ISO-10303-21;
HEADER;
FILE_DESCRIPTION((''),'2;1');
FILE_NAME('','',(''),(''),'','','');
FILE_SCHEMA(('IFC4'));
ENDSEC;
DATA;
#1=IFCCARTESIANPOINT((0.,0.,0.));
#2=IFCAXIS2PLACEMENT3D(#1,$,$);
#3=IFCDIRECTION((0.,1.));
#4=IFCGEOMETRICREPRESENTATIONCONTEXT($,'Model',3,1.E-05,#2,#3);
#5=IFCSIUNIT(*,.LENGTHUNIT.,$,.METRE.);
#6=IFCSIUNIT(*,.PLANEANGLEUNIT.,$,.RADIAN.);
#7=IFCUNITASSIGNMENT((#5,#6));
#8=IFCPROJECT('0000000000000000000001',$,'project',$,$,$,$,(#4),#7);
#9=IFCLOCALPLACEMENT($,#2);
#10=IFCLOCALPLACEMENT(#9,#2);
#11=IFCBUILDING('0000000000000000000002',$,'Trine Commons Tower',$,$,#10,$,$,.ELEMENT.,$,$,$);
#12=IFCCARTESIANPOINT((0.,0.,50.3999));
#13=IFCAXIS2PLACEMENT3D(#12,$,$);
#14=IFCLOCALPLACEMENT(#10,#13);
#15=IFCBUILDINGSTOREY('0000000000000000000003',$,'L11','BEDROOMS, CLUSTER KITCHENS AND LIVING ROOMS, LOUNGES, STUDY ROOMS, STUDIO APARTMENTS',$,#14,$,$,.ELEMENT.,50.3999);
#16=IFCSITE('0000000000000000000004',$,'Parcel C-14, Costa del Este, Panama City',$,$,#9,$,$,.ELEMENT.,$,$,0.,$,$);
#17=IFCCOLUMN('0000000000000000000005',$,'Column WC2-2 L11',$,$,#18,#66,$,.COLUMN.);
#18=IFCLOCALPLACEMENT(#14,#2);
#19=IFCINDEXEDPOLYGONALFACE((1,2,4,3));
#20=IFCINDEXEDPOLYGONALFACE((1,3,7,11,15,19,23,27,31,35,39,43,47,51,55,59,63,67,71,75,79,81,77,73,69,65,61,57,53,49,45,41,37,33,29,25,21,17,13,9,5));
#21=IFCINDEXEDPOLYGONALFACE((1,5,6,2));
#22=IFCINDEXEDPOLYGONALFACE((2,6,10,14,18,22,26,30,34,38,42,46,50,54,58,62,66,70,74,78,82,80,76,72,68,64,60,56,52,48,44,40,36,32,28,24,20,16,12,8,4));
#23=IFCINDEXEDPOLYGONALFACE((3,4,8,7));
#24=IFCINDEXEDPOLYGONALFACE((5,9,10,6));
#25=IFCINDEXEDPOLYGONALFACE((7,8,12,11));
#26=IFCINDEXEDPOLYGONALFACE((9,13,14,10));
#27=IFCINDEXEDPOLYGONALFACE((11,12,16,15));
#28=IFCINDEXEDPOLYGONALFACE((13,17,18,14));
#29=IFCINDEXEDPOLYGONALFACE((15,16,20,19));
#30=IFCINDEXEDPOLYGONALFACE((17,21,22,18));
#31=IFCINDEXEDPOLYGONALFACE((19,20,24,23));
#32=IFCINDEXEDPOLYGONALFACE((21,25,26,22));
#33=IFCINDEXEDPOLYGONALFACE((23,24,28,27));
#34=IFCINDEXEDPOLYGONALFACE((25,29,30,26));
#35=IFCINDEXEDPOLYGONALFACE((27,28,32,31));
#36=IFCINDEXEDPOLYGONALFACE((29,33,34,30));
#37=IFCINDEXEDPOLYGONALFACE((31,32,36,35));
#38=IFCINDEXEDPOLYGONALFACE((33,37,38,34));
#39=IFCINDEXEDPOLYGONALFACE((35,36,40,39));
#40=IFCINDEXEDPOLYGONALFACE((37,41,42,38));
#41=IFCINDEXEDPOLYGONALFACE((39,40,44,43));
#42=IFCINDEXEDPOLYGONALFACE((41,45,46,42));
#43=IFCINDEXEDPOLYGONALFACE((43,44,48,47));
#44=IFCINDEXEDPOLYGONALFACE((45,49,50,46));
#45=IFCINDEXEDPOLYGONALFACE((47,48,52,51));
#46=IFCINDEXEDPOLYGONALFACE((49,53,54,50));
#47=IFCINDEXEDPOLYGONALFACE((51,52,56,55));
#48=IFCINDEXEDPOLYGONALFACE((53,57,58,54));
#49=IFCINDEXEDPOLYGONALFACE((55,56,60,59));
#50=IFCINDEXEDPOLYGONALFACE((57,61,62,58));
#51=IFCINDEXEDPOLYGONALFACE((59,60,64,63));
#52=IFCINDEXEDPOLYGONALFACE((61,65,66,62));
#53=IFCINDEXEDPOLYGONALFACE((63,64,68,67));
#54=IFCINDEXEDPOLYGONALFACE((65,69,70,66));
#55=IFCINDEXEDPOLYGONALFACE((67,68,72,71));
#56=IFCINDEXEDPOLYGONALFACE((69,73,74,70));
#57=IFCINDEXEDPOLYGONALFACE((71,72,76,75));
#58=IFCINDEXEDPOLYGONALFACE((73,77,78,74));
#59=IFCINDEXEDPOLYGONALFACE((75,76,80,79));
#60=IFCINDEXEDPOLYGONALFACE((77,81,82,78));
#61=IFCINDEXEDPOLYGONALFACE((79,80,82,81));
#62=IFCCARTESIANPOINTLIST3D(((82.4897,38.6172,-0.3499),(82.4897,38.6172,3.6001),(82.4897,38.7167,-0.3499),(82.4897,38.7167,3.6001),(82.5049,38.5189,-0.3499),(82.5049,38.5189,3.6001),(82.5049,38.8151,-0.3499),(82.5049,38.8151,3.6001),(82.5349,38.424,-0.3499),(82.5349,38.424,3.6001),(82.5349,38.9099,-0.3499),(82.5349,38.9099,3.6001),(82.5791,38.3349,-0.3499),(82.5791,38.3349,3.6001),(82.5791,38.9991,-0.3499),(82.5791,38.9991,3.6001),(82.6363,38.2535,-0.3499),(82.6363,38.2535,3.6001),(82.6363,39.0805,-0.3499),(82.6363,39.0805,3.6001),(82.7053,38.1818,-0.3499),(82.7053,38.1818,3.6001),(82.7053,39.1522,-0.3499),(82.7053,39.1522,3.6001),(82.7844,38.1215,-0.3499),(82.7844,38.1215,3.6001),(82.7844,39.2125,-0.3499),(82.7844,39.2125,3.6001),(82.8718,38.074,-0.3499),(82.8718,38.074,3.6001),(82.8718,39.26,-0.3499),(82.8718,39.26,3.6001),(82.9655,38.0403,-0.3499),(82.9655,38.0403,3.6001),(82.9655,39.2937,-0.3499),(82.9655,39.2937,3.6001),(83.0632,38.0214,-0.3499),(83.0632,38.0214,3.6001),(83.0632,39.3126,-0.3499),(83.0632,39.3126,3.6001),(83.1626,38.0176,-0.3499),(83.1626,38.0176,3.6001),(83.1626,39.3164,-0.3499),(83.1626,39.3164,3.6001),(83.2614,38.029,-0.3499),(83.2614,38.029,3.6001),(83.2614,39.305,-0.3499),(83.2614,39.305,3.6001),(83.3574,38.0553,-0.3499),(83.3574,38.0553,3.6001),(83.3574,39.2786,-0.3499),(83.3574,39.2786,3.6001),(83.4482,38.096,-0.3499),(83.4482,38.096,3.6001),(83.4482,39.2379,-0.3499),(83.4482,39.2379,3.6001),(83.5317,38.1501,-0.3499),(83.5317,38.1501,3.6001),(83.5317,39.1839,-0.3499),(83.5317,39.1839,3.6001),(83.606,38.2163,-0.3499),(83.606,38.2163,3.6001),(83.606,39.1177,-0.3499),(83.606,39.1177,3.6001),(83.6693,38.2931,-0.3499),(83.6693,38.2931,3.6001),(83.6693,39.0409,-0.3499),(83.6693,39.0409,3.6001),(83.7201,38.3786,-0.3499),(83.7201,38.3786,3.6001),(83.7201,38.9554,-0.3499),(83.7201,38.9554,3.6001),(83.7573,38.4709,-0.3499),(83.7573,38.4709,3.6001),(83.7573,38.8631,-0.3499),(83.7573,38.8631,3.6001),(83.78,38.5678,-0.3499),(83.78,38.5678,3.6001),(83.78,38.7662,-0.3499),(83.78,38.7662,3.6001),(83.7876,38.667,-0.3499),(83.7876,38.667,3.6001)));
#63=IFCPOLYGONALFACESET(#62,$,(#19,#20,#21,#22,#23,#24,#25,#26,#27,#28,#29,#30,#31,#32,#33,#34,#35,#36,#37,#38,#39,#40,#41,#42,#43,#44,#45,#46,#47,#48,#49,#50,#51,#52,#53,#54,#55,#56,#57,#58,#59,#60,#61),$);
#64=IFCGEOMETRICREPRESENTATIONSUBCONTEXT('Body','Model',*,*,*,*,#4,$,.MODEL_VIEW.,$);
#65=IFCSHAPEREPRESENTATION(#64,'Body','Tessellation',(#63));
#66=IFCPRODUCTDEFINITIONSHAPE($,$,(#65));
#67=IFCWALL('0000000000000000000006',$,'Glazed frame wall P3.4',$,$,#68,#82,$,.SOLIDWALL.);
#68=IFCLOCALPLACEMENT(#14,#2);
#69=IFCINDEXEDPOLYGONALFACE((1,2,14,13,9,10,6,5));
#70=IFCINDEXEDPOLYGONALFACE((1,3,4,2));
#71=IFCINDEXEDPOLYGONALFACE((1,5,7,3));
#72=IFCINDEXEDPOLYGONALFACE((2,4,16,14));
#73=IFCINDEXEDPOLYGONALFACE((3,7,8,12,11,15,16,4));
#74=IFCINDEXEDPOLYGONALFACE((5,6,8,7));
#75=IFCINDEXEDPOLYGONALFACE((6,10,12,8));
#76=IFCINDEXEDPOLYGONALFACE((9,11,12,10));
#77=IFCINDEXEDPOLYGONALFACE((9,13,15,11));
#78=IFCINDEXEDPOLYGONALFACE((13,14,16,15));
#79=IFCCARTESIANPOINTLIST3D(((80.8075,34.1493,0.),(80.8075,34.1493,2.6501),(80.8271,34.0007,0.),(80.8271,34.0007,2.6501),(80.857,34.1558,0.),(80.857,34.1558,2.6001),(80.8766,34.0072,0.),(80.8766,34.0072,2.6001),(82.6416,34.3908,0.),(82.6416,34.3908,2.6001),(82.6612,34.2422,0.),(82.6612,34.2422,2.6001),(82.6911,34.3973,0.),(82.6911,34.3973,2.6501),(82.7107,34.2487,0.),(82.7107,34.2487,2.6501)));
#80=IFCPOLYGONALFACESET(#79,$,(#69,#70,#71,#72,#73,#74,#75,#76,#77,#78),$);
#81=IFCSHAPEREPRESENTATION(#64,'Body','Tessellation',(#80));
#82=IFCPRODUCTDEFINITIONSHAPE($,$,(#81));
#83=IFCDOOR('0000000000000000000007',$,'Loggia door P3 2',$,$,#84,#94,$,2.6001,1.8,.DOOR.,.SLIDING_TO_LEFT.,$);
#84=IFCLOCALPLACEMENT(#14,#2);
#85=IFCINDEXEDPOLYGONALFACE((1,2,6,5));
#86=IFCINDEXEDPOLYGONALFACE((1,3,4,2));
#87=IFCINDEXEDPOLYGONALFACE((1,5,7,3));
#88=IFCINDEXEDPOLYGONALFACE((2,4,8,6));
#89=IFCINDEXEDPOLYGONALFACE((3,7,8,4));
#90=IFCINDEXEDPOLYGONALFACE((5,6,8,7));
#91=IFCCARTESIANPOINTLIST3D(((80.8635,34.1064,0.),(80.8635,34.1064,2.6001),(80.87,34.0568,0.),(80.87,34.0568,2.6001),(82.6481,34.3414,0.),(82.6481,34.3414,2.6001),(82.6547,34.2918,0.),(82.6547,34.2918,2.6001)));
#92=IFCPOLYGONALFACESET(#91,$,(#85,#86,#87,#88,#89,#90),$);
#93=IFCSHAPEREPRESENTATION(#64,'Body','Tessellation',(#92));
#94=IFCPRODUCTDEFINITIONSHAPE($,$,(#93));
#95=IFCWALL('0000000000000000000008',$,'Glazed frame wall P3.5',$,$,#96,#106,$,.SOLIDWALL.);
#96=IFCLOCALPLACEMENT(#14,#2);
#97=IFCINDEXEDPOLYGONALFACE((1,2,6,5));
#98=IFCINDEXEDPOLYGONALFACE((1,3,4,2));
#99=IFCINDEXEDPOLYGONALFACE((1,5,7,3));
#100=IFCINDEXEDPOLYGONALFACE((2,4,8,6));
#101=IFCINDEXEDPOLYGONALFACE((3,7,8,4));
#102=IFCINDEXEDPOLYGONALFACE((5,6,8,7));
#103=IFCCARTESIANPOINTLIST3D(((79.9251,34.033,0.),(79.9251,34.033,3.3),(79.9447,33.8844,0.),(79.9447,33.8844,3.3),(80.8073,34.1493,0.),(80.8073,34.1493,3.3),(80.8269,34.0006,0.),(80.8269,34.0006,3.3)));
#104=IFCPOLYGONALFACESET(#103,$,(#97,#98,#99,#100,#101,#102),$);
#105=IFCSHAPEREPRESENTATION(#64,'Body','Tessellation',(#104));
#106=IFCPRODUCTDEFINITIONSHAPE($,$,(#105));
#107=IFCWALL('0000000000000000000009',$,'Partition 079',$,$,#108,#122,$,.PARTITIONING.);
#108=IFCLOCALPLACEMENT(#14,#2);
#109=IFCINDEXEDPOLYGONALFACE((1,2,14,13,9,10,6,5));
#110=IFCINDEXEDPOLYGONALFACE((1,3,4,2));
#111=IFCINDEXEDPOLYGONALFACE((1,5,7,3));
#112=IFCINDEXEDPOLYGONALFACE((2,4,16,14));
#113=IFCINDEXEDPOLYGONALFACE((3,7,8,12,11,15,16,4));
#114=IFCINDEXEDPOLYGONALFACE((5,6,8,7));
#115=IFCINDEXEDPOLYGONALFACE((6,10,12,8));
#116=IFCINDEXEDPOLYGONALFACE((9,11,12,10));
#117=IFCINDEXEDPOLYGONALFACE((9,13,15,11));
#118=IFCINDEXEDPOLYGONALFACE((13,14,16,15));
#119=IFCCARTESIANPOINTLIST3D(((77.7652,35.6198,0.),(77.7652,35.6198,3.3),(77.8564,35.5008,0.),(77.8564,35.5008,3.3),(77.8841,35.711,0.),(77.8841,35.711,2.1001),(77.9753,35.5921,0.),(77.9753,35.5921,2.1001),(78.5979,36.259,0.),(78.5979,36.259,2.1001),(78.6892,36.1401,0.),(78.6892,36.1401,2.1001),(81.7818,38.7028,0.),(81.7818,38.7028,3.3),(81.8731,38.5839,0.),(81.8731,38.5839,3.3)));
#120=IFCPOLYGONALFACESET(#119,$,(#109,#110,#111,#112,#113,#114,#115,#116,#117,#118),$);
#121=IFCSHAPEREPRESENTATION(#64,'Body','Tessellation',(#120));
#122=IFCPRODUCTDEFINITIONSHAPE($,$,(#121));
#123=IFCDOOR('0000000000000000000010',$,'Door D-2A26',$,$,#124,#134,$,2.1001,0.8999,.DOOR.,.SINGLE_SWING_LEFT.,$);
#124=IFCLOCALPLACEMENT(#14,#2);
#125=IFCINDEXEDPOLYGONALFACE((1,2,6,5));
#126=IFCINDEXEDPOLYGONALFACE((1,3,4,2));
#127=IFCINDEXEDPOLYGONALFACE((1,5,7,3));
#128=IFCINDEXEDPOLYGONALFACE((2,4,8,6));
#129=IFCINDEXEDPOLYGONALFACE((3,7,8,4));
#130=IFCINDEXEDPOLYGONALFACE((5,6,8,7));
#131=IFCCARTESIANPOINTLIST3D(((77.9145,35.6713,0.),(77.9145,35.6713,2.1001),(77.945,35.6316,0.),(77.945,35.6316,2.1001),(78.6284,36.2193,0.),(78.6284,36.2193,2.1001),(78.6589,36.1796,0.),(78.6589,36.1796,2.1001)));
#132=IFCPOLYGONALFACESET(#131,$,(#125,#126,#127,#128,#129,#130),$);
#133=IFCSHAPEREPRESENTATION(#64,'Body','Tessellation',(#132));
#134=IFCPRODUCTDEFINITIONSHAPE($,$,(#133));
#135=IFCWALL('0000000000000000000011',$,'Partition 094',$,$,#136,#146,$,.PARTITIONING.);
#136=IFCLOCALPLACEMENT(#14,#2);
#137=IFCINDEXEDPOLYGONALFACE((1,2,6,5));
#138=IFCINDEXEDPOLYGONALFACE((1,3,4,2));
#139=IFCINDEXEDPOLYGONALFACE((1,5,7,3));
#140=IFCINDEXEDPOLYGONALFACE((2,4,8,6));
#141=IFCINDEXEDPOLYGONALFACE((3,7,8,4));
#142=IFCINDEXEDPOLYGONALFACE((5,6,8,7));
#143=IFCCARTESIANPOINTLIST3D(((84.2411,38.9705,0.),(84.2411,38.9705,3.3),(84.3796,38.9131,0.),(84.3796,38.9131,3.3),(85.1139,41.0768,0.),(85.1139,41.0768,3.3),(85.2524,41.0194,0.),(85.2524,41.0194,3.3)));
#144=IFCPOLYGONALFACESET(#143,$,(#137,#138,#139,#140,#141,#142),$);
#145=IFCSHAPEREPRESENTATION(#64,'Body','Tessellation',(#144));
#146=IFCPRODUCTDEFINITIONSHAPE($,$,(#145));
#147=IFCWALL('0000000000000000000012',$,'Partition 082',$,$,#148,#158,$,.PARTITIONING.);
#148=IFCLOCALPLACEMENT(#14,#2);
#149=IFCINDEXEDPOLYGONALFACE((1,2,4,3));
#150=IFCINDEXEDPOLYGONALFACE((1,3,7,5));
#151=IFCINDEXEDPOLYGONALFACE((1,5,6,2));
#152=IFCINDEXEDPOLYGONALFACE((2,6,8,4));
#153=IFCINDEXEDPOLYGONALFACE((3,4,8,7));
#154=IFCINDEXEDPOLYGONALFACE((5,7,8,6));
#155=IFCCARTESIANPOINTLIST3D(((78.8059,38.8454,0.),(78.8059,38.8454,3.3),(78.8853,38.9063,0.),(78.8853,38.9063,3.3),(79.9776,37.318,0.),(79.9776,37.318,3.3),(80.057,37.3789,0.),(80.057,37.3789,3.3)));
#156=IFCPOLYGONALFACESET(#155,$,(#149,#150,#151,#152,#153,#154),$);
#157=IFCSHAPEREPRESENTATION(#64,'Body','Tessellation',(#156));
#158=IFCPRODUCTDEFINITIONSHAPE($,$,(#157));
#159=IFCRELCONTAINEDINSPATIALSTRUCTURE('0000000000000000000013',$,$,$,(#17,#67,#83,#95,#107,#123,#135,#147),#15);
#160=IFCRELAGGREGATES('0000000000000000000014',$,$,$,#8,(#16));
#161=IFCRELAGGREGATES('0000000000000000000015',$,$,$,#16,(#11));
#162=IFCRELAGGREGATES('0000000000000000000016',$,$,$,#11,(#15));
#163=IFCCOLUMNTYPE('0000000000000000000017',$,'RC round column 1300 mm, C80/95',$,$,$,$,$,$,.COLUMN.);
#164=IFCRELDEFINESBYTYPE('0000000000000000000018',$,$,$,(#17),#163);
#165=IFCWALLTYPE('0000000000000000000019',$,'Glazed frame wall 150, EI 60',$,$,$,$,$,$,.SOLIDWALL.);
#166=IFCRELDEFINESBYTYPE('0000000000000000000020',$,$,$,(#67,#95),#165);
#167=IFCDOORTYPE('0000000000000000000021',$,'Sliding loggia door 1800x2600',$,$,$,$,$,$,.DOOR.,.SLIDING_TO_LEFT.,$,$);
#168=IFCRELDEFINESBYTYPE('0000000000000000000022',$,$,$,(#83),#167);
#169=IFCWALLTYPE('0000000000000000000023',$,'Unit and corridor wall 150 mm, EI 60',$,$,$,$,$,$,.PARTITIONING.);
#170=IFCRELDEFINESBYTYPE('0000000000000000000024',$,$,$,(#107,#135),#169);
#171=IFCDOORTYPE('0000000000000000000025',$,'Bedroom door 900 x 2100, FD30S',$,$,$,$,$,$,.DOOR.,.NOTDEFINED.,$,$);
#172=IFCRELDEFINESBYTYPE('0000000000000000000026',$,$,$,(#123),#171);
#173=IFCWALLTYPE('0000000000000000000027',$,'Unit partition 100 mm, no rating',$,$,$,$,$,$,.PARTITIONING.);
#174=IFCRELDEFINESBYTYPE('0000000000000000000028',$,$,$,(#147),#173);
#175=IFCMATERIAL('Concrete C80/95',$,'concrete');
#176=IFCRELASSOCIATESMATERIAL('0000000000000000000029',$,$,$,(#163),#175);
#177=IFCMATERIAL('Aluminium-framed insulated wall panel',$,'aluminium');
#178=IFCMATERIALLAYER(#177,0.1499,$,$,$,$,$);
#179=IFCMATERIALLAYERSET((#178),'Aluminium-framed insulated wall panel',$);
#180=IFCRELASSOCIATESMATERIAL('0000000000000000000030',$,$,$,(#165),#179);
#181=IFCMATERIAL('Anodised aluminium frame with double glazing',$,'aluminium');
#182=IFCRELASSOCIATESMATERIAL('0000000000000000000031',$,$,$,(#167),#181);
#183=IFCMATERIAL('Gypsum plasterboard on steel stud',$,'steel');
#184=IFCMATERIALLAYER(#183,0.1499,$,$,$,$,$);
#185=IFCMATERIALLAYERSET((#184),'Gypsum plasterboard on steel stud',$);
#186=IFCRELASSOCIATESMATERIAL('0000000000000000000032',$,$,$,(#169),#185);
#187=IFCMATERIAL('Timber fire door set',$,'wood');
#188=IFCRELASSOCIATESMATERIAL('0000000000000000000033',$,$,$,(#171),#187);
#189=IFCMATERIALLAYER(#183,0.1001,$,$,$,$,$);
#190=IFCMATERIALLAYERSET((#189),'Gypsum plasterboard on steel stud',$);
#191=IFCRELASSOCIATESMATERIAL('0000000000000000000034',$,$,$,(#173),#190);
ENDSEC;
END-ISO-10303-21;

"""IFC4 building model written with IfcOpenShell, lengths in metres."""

from ifc_helpers import new_model, si_unit, direction, frame, frame_2d, origin, origin_2d, place, context, subcontext, project, spatial, polyline, rectangle, circle, outline, extrude, material, layer, layer_set, material_profile, profile_set, type_object, element, fill, save


model = new_model("IFC4")

# Units and contexts
model_context = context("Model", 3, precision=1e-05, world=origin(), true_north=direction((0.0, 1.0)))
body_context = subcontext(model_context, "Body", "Model", "MODEL_VIEW")
ifc_project = project(units=[si_unit("LENGTHUNIT", "METRE"), si_unit("PLANEANGLEUNIT", "RADIAN")], contexts=[model_context])

# Site, building, storey
site_placement = place(None, origin())
site = spatial("IfcSite", under=ifc_project, at=site_placement, Name="Parcel C-14, Costa del Este, Panama City", CompositionType="ELEMENT", RefElevation=0.0)
building_placement = place(site_placement, origin())
building = spatial("IfcBuilding", under=site, at=building_placement, Name="Trine Commons Tower", CompositionType="ELEMENT")
storey_placement = place(building_placement, frame((0.0, 0.0, 50.3999)))
storey = spatial("IfcBuildingStorey", under=building, at=storey_placement, Name="L11", Description="BEDROOMS, CLUSTER KITCHENS AND LIVING ROOMS, LOUNGES, STUDY ROOMS, STUDIO APARTMENTS", CompositionType="ELEMENT", Elevation=50.3999)

# Column
ifc_material_1 = material(Name="Concrete C80/95", Category="concrete")
ifc_material_profile = material_profile(ifc_material_1, circle(Radius=0.6499, at=origin_2d()), Name="RC round 1300")
ifc_profile_set = profile_set([ifc_material_profile], Name="Concrete C80/95")
column_type = type_object("IfcColumnType", Name="RC round column 1300 mm, C80/95", PredefinedType="COLUMN", material=ifc_profile_set)
column_placement = place(storey_placement, frame((83.1377, 38.667, -0.3499), z_axis=(0.0, 0.0, 1.0), x_axis=(1.0, 0.0, 0.0)))
element("IfcColumn", 1, at=column_placement, inside=storey, type_object=column_type, Name="Column WC2-2 L11", PredefinedType="COLUMN", context=body_context, shape_type="SweptSolid", body=[
    extrude(circle(Radius=0.6499, at=origin_2d()), origin(), (0.0, 0.0, 1.0), 3.95),
])

# Wall, opening, door
ifc_material_2 = material(Name="Aluminium-framed insulated wall panel", Category="aluminium")
ifc_layer_1 = layer(ifc_material_2, 0.1499)
ifc_layer_set_1 = layer_set([ifc_layer_1], Name="Aluminium-framed insulated wall panel")
wall_type_1 = type_object("IfcWallType", Name="Glazed frame wall 150, EI 60", PredefinedType="SOLIDWALL", material=ifc_layer_set_1)
wall_1_placement = place(storey_placement, frame((82.7009, 34.323, 0.0), z_axis=(0.0, 0.0, 1.0), x_axis=(-0.991442, -0.130548, 0.0)))
wall_1 = element("IfcWall", 2, at=wall_1_placement, inside=storey, type_object=wall_type_1, Name="Glazed frame wall P3.4", PredefinedType="SOLIDWALL", context=body_context, shape_type="SweptSolid", body=[
    extrude(outline(polyline([(0.0, -0.075), (1.8999, -0.075), (1.8999, 0.075), (0.0, 0.075), (0.0, -0.075)])), origin(), (0.0, 0.0, 1.0), 2.6501),
])
opening_1_placement = place(wall_1_placement, frame((0.05, 0.0, 0.0)))
opening_1 = element("IfcOpeningElement", 3, at=opening_1_placement, cuts=wall_1, PredefinedType="OPENING", context=body_context, shape_type="SweptSolid", body=[
    extrude(rectangle(XDim=1.8, YDim=2.6001, at=frame_2d((0.8999, 1.3))), frame((0.0, 0.085, 0.0), z_axis=(0.0, -1.0, 0.0), x_axis=(1.0, 0.0, 0.0)), (0.0, 0.0, 1.0), 0.1699),
])
ifc_material_3 = material(Name="Anodised aluminium frame with double glazing", Category="aluminium")
door_type_1 = type_object("IfcDoorType", Name="Sliding loggia door 1800x2600", OperationType="SLIDING_TO_LEFT", PredefinedType="DOOR", material=ifc_material_3)
door_1_placement = place(opening_1_placement, origin())
door_1 = element("IfcDoor", 4, at=door_1_placement, inside=storey, type_object=door_type_1, Name="Loggia door P3 2", OperationType="SLIDING_TO_LEFT", OverallHeight=2.6001, OverallWidth=1.8, PredefinedType="DOOR", context=body_context, shape_type="SweptSolid", body=[
    extrude(rectangle(XDim=1.8, YDim=2.6001, at=frame_2d((0.8999, 1.3))), frame((0.0, 0.0249, 0.0), z_axis=(0.0, -1.0, 0.0), x_axis=(1.0, 0.0, 0.0)), (0.0, 0.0, 1.0), 0.05),
])
fill(opening_1, door_1)

# Wall
wall_2_placement = place(storey_placement, frame((80.8171, 34.075, 0.0), z_axis=(0.0, 0.0, 1.0), x_axis=(-0.991434, -0.130612, 0.0)))
element("IfcWall", 5, at=wall_2_placement, inside=storey, type_object=wall_type_1, Name="Glazed frame wall P3.5", PredefinedType="SOLIDWALL", context=body_context, shape_type="SweptSolid", body=[
    extrude(outline(polyline([(0.8899, 0.075), (0.0, 0.075), (0.0, -0.075), (0.8899, -0.075), (0.8899, 0.075)])), origin(), (0.0, 0.0, 1.0), 3.3),
])

# Wall, opening, door
ifc_material_4 = material(Name="Gypsum plasterboard on steel stud", Category="steel")
ifc_layer_2 = layer(ifc_material_4, 0.1499)
ifc_layer_set_2 = layer_set([ifc_layer_2], Name="Gypsum plasterboard on steel stud")
wall_type_2 = type_object("IfcWallType", Name="Unit and corridor wall 150 mm, EI 60", PredefinedType="PARTITIONING", material=ifc_layer_set_2)
wall_3_placement = place(storey_placement, frame((77.8108, 35.5603, 0.0), z_axis=(0.0, 0.0, 1.0), x_axis=(0.793262, 0.608881, 0.0)))
wall_3 = element("IfcWall", 6, at=wall_3_placement, inside=storey, type_object=wall_type_2, Name="Partition 079", PredefinedType="PARTITIONING", context=body_context, shape_type="SweptSolid", body=[
    extrude(rectangle(XDim=5.0635, YDim=0.1499, at=frame_2d((2.5317, 0.0))), origin(), (0.0, 0.0, 1.0), 3.3),
])
opening_2_placement = place(wall_3_placement, frame((0.1499, 0.0, 0.0)))
opening_2 = element("IfcOpeningElement", 7, at=opening_2_placement, cuts=wall_3, PredefinedType="OPENING", context=body_context, shape_type="SweptSolid", body=[
    extrude(rectangle(XDim=0.8999, YDim=2.1001, at=frame_2d((0.45, 1.05))), frame((0.0, 0.085, 0.0), z_axis=(0.0, -1.0, 0.0), x_axis=(1.0, 0.0, 0.0)), (0.0, 0.0, 1.0), 0.1699),
])
ifc_material_5 = material(Name="Timber fire door set", Category="wood")
door_type_2 = type_object("IfcDoorType", Name="Bedroom door 900 x 2100, FD30S", OperationType="NOTDEFINED", PredefinedType="DOOR", material=ifc_material_5)
door_2_placement = place(opening_2_placement, origin())
door_2 = element("IfcDoor", 8, at=door_2_placement, inside=storey, type_object=door_type_2, Name="Door D-2A26", OperationType="SINGLE_SWING_LEFT", OverallHeight=2.1001, OverallWidth=0.8999, PredefinedType="DOOR", context=body_context, shape_type="SweptSolid", body=[
    extrude(rectangle(XDim=0.8999, YDim=2.1001, at=frame_2d((0.45, 1.05))), frame((0.0, 0.0249, 0.0), z_axis=(0.0, -1.0, 0.0), x_axis=(1.0, 0.0, 0.0)), (0.0, 0.0, 1.0), 0.05),
])
fill(opening_2, door_2)

# Walls
wall_4_placement = place(storey_placement, frame((84.3103, 38.9417, 0.0), z_axis=(0.0, 0.0, 1.0), x_axis=(0.38279, 0.923835, 0.0)))
element("IfcWall", 9, at=wall_4_placement, inside=storey, type_object=wall_type_2, Name="Partition 094", PredefinedType="PARTITIONING", context=body_context, shape_type="SweptSolid", body=[
    extrude(rectangle(XDim=2.28, YDim=0.1499, at=frame_2d((1.1401, 0.0))), origin(), (0.0, 0.0, 1.0), 3.3),
])
ifc_layer_3 = layer(ifc_material_4, 0.1001)
ifc_layer_set_3 = layer_set([ifc_layer_3], Name="Gypsum plasterboard on steel stud")
wall_type_3 = type_object("IfcWallType", Name="Unit partition 100 mm, no rating", PredefinedType="PARTITIONING", material=ifc_layer_set_3)
wall_5_placement = place(storey_placement, frame((78.8457, 38.8757, 0.0), z_axis=(0.0, 0.0, 1.0), x_axis=(0.60865, -0.793439, 0.0)))
element("IfcWall", 10, at=wall_5_placement, inside=storey, type_object=wall_type_3, Name="Partition 082", PredefinedType="PARTITIONING", context=body_context, shape_type="SweptSolid", body=[
    extrude(rectangle(XDim=1.925, YDim=0.1001, at=frame_2d((0.9624, 0.0))), origin(), (0.0, 0.0, 1.0), 3.3),
])

save(model, "model.ifc")
